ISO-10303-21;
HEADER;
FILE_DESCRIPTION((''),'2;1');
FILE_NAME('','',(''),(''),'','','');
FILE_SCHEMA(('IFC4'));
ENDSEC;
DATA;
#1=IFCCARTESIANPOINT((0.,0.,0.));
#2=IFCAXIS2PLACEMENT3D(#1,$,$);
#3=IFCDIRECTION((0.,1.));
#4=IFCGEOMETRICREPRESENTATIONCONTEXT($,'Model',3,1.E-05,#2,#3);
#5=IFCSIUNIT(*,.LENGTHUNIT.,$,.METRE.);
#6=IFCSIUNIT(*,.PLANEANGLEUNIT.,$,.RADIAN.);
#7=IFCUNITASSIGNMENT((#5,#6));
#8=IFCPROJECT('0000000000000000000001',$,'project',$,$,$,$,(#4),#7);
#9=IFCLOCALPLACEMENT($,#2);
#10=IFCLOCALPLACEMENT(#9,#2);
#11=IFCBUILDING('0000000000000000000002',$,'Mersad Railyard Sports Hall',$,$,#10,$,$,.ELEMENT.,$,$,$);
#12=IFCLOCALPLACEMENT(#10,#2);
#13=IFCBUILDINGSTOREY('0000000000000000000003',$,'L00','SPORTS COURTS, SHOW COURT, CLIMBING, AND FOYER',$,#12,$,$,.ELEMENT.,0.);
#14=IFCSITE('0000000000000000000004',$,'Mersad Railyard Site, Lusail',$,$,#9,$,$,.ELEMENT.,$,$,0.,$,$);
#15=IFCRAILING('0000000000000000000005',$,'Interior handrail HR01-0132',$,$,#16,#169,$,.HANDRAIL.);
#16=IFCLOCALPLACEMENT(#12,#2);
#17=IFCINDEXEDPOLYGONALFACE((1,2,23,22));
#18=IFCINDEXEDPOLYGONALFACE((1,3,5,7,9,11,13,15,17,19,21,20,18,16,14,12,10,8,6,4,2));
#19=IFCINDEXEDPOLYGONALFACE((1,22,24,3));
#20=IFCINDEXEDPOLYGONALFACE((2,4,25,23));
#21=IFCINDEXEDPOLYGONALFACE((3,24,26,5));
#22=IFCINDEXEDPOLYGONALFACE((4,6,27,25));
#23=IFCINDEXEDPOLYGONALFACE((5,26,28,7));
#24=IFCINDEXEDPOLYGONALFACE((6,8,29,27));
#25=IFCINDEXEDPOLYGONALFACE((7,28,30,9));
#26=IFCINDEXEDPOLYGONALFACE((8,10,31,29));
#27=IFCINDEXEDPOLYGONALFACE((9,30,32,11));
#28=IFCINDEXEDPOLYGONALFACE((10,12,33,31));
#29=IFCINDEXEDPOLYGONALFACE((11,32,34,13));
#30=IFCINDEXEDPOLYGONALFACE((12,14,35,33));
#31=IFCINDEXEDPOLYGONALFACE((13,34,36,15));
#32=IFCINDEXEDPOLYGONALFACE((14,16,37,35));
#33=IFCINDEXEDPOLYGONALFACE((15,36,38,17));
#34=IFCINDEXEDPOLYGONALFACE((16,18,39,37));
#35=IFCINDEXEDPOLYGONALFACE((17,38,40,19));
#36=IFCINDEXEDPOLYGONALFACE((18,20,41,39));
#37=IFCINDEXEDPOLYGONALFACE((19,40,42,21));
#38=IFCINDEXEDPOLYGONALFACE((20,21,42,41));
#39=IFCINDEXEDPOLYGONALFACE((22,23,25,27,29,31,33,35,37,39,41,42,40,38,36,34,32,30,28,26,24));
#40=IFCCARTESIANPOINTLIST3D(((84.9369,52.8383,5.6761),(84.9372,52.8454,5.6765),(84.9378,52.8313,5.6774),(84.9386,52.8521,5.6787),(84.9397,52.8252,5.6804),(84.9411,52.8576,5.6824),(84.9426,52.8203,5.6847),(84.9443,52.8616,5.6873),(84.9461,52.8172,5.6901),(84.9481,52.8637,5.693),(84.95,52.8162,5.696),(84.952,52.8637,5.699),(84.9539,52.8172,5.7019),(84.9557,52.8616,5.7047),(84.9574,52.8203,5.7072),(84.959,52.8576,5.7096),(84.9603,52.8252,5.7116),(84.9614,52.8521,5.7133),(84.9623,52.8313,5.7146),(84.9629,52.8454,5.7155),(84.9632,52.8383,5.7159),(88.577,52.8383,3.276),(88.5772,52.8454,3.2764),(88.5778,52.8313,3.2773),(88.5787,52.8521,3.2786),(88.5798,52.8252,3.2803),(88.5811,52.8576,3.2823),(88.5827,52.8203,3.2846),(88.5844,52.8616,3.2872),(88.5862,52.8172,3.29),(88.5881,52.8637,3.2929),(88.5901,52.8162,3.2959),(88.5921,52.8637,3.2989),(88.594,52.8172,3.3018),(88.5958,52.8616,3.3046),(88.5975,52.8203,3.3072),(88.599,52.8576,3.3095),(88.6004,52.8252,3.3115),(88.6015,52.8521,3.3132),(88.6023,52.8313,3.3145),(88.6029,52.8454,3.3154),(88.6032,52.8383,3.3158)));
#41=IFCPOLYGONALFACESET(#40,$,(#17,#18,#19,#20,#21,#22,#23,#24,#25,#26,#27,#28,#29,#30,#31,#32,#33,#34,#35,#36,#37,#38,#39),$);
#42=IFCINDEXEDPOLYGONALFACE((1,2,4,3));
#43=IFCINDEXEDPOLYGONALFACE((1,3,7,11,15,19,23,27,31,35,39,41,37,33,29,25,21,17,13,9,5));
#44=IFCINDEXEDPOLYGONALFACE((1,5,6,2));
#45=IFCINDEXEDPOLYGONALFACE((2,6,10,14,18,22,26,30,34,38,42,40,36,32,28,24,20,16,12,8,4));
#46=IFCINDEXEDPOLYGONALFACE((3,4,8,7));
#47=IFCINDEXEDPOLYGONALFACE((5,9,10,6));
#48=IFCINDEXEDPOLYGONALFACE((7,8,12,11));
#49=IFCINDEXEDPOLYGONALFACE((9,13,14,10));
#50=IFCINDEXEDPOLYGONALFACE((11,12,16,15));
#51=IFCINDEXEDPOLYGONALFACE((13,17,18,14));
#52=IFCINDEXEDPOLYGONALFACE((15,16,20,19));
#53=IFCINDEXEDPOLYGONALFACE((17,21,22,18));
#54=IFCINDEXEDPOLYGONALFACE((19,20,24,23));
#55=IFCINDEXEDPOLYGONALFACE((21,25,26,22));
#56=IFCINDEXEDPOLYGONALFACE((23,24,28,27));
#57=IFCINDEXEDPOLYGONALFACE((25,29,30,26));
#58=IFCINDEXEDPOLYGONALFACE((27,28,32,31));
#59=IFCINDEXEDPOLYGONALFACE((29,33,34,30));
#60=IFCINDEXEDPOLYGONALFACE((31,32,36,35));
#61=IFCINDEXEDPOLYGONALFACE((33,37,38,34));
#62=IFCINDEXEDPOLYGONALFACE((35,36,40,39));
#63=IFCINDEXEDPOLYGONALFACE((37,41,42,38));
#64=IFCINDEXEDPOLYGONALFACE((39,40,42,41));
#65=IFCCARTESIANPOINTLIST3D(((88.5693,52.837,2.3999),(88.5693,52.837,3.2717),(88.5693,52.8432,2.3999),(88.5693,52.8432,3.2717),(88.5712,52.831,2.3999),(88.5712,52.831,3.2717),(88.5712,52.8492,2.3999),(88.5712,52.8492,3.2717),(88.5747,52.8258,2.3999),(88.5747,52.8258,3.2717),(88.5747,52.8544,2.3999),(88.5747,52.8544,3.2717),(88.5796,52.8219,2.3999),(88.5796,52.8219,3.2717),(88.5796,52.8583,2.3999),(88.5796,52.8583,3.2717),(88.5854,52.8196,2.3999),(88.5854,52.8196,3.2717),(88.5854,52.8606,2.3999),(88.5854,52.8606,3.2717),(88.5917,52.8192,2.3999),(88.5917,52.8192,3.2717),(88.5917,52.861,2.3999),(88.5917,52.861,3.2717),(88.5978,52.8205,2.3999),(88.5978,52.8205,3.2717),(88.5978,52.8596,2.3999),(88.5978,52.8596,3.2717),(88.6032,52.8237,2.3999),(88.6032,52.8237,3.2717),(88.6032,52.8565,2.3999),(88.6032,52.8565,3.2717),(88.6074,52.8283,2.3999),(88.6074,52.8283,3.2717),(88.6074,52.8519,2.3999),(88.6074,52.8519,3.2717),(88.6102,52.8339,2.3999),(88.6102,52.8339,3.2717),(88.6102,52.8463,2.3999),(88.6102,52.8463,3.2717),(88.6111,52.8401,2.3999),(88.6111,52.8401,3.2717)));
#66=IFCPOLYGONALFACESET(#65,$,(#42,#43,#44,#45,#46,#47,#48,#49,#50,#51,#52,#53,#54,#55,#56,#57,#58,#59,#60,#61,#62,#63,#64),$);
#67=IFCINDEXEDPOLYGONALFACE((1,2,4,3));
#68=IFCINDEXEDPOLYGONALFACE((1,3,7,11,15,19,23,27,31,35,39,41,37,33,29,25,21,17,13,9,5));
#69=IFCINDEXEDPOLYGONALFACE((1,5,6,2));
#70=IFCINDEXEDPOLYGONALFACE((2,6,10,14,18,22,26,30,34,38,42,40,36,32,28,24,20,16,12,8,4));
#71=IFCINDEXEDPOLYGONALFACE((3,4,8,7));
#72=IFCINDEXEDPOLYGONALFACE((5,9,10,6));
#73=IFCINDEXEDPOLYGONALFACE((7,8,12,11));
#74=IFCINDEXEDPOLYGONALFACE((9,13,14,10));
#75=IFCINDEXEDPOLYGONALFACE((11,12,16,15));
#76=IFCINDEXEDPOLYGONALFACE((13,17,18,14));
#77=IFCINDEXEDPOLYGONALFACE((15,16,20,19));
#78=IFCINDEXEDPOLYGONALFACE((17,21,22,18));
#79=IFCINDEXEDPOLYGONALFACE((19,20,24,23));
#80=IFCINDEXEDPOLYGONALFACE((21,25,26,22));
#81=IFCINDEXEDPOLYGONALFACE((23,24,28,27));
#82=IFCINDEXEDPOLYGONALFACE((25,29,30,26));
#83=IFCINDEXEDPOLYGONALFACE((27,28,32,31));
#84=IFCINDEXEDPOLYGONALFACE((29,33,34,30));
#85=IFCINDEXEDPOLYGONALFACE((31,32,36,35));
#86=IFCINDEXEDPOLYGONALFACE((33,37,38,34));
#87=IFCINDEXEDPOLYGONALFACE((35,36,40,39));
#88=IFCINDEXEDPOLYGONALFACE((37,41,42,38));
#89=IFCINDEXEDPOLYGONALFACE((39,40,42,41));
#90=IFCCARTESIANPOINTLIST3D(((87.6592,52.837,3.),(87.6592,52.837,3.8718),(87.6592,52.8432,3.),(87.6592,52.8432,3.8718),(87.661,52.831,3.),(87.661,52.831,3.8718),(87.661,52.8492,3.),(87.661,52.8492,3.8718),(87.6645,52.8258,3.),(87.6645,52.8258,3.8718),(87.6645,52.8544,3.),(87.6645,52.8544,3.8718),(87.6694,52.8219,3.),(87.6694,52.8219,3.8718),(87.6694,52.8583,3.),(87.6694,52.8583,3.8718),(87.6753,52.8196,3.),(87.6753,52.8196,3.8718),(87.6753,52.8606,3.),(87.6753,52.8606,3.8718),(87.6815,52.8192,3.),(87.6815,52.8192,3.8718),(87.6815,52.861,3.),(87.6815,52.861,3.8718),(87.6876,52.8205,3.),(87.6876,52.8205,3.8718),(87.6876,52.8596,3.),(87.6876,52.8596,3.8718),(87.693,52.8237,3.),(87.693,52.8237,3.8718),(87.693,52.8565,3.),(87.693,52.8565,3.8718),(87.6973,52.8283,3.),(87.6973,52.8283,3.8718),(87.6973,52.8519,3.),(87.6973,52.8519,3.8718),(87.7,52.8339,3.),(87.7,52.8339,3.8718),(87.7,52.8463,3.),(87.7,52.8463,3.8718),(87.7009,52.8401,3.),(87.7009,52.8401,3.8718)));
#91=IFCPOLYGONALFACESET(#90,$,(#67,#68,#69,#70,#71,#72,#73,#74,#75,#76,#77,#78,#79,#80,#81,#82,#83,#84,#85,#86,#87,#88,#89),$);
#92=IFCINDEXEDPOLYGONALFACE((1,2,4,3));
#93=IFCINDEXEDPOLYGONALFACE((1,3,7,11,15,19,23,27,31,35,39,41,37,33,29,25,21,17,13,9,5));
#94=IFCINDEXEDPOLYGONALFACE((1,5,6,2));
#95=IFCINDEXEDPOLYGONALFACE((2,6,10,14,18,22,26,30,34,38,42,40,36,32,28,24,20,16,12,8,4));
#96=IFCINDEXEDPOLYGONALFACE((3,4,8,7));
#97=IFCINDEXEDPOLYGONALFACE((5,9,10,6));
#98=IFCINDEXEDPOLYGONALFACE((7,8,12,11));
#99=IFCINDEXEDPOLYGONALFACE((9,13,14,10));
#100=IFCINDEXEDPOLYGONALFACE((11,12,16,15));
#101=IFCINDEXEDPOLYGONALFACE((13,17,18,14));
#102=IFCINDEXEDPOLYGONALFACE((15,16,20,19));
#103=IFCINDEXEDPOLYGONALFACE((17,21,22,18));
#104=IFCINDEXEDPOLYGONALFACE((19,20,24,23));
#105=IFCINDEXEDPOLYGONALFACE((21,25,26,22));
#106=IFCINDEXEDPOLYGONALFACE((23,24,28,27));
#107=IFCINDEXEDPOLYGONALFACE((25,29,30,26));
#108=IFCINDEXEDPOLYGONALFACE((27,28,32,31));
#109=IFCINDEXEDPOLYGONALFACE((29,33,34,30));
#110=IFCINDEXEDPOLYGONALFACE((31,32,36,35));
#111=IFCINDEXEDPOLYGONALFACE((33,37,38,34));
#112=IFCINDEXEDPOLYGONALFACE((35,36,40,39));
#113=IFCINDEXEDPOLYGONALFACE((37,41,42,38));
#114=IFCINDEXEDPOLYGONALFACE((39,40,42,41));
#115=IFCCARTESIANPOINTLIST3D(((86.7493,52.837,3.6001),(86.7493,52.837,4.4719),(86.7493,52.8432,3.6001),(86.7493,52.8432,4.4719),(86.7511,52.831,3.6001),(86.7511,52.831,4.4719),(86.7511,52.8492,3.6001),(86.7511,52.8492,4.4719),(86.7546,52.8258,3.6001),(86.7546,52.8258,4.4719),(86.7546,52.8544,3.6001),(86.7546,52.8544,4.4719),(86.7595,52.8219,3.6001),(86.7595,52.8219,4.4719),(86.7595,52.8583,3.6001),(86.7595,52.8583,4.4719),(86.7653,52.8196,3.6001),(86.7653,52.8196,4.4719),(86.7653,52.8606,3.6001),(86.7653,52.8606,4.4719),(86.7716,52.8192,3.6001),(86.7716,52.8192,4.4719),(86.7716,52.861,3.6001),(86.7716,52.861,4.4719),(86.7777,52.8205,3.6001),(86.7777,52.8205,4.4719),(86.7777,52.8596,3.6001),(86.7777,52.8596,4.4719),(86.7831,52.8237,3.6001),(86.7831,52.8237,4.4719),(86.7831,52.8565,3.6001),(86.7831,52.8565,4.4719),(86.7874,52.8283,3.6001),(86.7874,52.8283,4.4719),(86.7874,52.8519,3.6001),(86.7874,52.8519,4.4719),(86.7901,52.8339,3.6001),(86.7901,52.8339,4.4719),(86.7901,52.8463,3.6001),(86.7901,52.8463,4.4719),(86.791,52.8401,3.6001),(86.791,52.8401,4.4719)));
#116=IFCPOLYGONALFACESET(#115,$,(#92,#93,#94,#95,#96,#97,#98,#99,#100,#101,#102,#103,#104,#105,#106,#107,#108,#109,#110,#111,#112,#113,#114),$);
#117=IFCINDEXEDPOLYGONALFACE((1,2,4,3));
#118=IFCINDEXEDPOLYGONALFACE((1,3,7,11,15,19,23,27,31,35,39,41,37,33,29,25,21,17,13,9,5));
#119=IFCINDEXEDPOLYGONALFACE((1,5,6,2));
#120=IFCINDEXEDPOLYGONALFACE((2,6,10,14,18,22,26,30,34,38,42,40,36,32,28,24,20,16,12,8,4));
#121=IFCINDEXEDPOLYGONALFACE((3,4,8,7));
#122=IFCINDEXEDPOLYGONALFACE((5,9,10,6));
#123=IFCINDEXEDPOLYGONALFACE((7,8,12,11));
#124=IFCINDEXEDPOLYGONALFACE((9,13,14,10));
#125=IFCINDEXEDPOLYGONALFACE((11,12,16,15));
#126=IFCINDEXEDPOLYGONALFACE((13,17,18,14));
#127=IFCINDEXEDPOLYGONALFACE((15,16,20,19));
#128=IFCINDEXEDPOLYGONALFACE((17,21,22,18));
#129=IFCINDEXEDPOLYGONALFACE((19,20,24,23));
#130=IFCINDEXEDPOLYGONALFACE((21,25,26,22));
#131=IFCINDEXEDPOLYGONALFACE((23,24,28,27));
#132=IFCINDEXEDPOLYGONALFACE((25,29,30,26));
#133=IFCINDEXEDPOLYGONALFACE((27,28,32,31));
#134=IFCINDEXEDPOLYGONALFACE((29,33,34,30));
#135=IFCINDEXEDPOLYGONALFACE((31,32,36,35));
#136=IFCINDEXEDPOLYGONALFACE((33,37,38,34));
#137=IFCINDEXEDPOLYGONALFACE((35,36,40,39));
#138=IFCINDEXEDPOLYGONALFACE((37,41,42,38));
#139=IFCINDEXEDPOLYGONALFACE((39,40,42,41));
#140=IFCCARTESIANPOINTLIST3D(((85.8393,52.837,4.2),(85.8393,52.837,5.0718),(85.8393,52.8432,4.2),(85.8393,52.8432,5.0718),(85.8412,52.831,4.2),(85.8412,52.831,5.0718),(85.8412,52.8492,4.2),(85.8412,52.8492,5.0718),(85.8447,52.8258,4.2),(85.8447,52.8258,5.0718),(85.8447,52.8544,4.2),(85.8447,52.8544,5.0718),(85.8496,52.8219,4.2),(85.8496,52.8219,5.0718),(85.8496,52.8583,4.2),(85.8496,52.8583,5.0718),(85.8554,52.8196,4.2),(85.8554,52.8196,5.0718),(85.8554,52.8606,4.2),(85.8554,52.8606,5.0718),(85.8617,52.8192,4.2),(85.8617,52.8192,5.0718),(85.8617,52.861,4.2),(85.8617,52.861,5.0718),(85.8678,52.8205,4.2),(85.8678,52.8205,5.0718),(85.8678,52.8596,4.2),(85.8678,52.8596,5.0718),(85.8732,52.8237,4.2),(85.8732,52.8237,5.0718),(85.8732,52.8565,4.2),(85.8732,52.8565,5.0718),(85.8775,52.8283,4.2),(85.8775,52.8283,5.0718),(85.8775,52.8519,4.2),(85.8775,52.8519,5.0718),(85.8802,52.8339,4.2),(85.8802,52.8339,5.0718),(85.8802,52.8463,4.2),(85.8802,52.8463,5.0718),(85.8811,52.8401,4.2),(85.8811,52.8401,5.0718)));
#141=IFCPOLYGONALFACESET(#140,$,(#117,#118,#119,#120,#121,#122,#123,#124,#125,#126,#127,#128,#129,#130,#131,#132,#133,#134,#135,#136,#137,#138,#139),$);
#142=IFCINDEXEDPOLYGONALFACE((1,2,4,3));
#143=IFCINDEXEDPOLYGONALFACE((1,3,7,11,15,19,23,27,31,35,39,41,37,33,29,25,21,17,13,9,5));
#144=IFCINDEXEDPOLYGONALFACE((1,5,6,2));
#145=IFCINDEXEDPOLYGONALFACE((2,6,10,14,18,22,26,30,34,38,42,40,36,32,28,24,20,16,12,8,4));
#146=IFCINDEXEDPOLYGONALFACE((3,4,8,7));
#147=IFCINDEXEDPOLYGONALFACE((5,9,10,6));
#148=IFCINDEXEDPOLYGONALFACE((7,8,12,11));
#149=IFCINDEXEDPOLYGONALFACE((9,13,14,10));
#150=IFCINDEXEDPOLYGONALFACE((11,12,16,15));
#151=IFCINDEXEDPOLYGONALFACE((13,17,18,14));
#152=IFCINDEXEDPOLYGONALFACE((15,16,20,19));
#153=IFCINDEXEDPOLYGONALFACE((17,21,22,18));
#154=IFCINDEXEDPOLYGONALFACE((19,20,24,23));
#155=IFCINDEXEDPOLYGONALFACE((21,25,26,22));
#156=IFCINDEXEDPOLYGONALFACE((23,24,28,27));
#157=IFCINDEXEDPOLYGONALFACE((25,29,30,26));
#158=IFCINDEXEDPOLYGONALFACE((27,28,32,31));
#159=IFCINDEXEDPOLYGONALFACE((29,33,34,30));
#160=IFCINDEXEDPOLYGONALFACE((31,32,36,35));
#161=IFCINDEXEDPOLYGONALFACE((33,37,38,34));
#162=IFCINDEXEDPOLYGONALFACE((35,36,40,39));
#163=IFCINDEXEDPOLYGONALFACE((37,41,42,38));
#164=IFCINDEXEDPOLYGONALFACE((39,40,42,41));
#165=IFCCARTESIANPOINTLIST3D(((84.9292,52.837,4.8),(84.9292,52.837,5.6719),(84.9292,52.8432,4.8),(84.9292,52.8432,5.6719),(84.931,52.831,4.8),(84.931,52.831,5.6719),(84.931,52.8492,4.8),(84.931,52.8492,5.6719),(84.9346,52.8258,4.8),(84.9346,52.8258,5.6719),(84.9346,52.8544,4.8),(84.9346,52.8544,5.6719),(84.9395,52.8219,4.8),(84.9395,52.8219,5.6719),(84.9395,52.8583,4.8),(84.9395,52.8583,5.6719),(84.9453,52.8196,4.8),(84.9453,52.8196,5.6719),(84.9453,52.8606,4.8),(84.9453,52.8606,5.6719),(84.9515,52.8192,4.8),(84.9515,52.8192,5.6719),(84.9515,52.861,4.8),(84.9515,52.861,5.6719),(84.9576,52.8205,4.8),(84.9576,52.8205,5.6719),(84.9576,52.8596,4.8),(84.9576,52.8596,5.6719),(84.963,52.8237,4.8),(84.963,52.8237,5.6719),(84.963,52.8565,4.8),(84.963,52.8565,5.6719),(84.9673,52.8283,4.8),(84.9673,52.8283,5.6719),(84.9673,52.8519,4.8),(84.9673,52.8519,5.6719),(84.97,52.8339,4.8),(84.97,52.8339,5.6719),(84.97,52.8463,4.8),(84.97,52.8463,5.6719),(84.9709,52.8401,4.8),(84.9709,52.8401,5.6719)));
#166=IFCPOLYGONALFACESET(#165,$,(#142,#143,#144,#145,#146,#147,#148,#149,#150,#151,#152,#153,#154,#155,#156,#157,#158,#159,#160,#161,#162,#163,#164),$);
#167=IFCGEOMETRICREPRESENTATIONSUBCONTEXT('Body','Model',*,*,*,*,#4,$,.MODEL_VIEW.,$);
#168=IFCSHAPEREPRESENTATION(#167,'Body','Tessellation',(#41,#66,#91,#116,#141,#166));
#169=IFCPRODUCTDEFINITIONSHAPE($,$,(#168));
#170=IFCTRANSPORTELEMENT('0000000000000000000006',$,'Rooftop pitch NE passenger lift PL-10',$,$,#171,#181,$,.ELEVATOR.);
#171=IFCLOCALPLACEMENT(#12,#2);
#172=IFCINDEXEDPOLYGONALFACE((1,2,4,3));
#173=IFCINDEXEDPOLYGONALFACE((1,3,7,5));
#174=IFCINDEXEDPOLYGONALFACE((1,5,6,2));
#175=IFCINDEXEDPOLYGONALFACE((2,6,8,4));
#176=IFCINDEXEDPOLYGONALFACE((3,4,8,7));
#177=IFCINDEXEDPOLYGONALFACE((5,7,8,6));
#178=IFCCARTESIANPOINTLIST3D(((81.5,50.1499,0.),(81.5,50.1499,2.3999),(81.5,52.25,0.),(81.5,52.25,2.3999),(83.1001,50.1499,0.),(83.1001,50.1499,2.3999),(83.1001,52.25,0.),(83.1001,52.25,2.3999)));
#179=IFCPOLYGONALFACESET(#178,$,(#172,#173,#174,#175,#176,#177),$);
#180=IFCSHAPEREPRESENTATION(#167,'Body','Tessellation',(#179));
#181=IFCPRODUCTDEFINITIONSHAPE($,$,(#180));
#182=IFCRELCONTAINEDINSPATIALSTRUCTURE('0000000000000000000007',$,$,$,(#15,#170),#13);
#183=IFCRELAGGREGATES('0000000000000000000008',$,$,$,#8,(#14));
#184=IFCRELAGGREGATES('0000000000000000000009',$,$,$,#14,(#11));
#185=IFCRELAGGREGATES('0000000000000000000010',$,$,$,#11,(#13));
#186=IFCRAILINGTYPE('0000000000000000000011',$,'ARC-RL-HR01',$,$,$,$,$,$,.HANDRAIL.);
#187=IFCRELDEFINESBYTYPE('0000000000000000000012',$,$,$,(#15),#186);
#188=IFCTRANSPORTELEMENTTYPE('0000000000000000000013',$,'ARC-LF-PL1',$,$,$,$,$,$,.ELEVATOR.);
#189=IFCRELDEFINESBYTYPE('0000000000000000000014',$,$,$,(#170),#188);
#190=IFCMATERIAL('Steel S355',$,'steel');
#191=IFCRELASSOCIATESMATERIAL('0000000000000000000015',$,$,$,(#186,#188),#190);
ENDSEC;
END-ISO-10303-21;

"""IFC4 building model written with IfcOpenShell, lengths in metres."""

from ifc_helpers import new_model, si_unit, direction, frame, origin, origin_2d, place, context, subcontext, project, spatial, rectangle, circle, extrude, material, type_object, element, save


model = new_model("IFC4")

# Units and contexts
model_context = context("Model", 3, precision=1e-05, world=origin(), true_north=direction((0.0, 1.0)))
body_context = subcontext(model_context, "Body", "Model", "MODEL_VIEW")
ifc_project = project(units=[si_unit("LENGTHUNIT", "METRE"), si_unit("PLANEANGLEUNIT", "RADIAN")], contexts=[model_context])

# Site, building, storey
site_placement = place(None, origin())
site = spatial("IfcSite", under=ifc_project, at=site_placement, Name="Mersad Railyard Site, Lusail", CompositionType="ELEMENT", RefElevation=0.0)
building_placement = place(site_placement, origin())
building = spatial("IfcBuilding", under=site, at=building_placement, Name="Mersad Railyard Sports Hall", CompositionType="ELEMENT")
storey_placement = place(building_placement, origin())
storey = spatial("IfcBuildingStorey", under=building, at=storey_placement, Name="L00", Description="SPORTS COURTS, SHOW COURT, CLIMBING, AND FOYER", CompositionType="ELEMENT", Elevation=0.0)

# Shared definitions
ifc_material_1 = material(Name="Steel S355", Category="steel")

# Railing
railing_type_1 = type_object("IfcRailingType", Name="ARC-RL-HR01", PredefinedType="HANDRAIL", material=ifc_material_1)
railing_1_placement = place(storey_placement, frame((88.5901, 52.8401, 2.3999)))
element("IfcRailing", 1, at=railing_1_placement, inside=storey, type_object=railing_type_1, Name="Interior handrail HR01-0132", PredefinedType="HANDRAIL", context=body_context, shape_type="SweptSolid", body=[
    extrude(circle(Radius=0.0239, at=origin_2d()), frame((0.0, 0.0, 0.896), z_axis=(-0.834856, 0.0, 0.550468), x_axis=(0.0, -1.0, 0.0)), (0.0, 0.0, 1.0), 4.3601),
    extrude(circle(Radius=0.021, at=origin_2d()), origin(), (0.0, 0.0, 1.0), 0.8718),
    extrude(circle(Radius=0.021, at=origin_2d()), frame((-0.9102, 0.0, 0.6001)), (0.0, 0.0, 1.0), 0.8718),
    extrude(circle(Radius=0.021, at=origin_2d()), frame((-1.8201, 0.0, 1.2002)), (0.0, 0.0, 1.0), 0.8718),
    extrude(circle(Radius=0.021, at=origin_2d()), frame((-2.73, 0.0, 1.8)), (0.0, 0.0, 1.0), 0.8718),
    extrude(circle(Radius=0.021, at=origin_2d()), frame((-3.6401, 0.0, 2.4001)), (0.0, 0.0, 1.0), 0.8718),
])

# Transport element
transport_element_type = type_object("IfcTransportElementType", Name="ARC-LF-PL1", PredefinedType="ELEVATOR", material=ifc_material_1)
transport_element_placement = place(storey_placement, frame((82.3, 51.2, 0.0), z_axis=(0.0, 0.0, 1.0), x_axis=(1.0, 0.0, 0.0)))
element("IfcTransportElement", 2, at=transport_element_placement, inside=storey, type_object=transport_element_type, Name="Rooftop pitch NE passenger lift PL-10", PredefinedType="ELEVATOR", context=body_context, shape_type="SweptSolid", body=[
    extrude(rectangle(XDim=1.6001, YDim=2.1001, at=origin_2d()), origin(), (0.0, 0.0, 1.0), 2.3999),
])

save(model, "model.ifc")
